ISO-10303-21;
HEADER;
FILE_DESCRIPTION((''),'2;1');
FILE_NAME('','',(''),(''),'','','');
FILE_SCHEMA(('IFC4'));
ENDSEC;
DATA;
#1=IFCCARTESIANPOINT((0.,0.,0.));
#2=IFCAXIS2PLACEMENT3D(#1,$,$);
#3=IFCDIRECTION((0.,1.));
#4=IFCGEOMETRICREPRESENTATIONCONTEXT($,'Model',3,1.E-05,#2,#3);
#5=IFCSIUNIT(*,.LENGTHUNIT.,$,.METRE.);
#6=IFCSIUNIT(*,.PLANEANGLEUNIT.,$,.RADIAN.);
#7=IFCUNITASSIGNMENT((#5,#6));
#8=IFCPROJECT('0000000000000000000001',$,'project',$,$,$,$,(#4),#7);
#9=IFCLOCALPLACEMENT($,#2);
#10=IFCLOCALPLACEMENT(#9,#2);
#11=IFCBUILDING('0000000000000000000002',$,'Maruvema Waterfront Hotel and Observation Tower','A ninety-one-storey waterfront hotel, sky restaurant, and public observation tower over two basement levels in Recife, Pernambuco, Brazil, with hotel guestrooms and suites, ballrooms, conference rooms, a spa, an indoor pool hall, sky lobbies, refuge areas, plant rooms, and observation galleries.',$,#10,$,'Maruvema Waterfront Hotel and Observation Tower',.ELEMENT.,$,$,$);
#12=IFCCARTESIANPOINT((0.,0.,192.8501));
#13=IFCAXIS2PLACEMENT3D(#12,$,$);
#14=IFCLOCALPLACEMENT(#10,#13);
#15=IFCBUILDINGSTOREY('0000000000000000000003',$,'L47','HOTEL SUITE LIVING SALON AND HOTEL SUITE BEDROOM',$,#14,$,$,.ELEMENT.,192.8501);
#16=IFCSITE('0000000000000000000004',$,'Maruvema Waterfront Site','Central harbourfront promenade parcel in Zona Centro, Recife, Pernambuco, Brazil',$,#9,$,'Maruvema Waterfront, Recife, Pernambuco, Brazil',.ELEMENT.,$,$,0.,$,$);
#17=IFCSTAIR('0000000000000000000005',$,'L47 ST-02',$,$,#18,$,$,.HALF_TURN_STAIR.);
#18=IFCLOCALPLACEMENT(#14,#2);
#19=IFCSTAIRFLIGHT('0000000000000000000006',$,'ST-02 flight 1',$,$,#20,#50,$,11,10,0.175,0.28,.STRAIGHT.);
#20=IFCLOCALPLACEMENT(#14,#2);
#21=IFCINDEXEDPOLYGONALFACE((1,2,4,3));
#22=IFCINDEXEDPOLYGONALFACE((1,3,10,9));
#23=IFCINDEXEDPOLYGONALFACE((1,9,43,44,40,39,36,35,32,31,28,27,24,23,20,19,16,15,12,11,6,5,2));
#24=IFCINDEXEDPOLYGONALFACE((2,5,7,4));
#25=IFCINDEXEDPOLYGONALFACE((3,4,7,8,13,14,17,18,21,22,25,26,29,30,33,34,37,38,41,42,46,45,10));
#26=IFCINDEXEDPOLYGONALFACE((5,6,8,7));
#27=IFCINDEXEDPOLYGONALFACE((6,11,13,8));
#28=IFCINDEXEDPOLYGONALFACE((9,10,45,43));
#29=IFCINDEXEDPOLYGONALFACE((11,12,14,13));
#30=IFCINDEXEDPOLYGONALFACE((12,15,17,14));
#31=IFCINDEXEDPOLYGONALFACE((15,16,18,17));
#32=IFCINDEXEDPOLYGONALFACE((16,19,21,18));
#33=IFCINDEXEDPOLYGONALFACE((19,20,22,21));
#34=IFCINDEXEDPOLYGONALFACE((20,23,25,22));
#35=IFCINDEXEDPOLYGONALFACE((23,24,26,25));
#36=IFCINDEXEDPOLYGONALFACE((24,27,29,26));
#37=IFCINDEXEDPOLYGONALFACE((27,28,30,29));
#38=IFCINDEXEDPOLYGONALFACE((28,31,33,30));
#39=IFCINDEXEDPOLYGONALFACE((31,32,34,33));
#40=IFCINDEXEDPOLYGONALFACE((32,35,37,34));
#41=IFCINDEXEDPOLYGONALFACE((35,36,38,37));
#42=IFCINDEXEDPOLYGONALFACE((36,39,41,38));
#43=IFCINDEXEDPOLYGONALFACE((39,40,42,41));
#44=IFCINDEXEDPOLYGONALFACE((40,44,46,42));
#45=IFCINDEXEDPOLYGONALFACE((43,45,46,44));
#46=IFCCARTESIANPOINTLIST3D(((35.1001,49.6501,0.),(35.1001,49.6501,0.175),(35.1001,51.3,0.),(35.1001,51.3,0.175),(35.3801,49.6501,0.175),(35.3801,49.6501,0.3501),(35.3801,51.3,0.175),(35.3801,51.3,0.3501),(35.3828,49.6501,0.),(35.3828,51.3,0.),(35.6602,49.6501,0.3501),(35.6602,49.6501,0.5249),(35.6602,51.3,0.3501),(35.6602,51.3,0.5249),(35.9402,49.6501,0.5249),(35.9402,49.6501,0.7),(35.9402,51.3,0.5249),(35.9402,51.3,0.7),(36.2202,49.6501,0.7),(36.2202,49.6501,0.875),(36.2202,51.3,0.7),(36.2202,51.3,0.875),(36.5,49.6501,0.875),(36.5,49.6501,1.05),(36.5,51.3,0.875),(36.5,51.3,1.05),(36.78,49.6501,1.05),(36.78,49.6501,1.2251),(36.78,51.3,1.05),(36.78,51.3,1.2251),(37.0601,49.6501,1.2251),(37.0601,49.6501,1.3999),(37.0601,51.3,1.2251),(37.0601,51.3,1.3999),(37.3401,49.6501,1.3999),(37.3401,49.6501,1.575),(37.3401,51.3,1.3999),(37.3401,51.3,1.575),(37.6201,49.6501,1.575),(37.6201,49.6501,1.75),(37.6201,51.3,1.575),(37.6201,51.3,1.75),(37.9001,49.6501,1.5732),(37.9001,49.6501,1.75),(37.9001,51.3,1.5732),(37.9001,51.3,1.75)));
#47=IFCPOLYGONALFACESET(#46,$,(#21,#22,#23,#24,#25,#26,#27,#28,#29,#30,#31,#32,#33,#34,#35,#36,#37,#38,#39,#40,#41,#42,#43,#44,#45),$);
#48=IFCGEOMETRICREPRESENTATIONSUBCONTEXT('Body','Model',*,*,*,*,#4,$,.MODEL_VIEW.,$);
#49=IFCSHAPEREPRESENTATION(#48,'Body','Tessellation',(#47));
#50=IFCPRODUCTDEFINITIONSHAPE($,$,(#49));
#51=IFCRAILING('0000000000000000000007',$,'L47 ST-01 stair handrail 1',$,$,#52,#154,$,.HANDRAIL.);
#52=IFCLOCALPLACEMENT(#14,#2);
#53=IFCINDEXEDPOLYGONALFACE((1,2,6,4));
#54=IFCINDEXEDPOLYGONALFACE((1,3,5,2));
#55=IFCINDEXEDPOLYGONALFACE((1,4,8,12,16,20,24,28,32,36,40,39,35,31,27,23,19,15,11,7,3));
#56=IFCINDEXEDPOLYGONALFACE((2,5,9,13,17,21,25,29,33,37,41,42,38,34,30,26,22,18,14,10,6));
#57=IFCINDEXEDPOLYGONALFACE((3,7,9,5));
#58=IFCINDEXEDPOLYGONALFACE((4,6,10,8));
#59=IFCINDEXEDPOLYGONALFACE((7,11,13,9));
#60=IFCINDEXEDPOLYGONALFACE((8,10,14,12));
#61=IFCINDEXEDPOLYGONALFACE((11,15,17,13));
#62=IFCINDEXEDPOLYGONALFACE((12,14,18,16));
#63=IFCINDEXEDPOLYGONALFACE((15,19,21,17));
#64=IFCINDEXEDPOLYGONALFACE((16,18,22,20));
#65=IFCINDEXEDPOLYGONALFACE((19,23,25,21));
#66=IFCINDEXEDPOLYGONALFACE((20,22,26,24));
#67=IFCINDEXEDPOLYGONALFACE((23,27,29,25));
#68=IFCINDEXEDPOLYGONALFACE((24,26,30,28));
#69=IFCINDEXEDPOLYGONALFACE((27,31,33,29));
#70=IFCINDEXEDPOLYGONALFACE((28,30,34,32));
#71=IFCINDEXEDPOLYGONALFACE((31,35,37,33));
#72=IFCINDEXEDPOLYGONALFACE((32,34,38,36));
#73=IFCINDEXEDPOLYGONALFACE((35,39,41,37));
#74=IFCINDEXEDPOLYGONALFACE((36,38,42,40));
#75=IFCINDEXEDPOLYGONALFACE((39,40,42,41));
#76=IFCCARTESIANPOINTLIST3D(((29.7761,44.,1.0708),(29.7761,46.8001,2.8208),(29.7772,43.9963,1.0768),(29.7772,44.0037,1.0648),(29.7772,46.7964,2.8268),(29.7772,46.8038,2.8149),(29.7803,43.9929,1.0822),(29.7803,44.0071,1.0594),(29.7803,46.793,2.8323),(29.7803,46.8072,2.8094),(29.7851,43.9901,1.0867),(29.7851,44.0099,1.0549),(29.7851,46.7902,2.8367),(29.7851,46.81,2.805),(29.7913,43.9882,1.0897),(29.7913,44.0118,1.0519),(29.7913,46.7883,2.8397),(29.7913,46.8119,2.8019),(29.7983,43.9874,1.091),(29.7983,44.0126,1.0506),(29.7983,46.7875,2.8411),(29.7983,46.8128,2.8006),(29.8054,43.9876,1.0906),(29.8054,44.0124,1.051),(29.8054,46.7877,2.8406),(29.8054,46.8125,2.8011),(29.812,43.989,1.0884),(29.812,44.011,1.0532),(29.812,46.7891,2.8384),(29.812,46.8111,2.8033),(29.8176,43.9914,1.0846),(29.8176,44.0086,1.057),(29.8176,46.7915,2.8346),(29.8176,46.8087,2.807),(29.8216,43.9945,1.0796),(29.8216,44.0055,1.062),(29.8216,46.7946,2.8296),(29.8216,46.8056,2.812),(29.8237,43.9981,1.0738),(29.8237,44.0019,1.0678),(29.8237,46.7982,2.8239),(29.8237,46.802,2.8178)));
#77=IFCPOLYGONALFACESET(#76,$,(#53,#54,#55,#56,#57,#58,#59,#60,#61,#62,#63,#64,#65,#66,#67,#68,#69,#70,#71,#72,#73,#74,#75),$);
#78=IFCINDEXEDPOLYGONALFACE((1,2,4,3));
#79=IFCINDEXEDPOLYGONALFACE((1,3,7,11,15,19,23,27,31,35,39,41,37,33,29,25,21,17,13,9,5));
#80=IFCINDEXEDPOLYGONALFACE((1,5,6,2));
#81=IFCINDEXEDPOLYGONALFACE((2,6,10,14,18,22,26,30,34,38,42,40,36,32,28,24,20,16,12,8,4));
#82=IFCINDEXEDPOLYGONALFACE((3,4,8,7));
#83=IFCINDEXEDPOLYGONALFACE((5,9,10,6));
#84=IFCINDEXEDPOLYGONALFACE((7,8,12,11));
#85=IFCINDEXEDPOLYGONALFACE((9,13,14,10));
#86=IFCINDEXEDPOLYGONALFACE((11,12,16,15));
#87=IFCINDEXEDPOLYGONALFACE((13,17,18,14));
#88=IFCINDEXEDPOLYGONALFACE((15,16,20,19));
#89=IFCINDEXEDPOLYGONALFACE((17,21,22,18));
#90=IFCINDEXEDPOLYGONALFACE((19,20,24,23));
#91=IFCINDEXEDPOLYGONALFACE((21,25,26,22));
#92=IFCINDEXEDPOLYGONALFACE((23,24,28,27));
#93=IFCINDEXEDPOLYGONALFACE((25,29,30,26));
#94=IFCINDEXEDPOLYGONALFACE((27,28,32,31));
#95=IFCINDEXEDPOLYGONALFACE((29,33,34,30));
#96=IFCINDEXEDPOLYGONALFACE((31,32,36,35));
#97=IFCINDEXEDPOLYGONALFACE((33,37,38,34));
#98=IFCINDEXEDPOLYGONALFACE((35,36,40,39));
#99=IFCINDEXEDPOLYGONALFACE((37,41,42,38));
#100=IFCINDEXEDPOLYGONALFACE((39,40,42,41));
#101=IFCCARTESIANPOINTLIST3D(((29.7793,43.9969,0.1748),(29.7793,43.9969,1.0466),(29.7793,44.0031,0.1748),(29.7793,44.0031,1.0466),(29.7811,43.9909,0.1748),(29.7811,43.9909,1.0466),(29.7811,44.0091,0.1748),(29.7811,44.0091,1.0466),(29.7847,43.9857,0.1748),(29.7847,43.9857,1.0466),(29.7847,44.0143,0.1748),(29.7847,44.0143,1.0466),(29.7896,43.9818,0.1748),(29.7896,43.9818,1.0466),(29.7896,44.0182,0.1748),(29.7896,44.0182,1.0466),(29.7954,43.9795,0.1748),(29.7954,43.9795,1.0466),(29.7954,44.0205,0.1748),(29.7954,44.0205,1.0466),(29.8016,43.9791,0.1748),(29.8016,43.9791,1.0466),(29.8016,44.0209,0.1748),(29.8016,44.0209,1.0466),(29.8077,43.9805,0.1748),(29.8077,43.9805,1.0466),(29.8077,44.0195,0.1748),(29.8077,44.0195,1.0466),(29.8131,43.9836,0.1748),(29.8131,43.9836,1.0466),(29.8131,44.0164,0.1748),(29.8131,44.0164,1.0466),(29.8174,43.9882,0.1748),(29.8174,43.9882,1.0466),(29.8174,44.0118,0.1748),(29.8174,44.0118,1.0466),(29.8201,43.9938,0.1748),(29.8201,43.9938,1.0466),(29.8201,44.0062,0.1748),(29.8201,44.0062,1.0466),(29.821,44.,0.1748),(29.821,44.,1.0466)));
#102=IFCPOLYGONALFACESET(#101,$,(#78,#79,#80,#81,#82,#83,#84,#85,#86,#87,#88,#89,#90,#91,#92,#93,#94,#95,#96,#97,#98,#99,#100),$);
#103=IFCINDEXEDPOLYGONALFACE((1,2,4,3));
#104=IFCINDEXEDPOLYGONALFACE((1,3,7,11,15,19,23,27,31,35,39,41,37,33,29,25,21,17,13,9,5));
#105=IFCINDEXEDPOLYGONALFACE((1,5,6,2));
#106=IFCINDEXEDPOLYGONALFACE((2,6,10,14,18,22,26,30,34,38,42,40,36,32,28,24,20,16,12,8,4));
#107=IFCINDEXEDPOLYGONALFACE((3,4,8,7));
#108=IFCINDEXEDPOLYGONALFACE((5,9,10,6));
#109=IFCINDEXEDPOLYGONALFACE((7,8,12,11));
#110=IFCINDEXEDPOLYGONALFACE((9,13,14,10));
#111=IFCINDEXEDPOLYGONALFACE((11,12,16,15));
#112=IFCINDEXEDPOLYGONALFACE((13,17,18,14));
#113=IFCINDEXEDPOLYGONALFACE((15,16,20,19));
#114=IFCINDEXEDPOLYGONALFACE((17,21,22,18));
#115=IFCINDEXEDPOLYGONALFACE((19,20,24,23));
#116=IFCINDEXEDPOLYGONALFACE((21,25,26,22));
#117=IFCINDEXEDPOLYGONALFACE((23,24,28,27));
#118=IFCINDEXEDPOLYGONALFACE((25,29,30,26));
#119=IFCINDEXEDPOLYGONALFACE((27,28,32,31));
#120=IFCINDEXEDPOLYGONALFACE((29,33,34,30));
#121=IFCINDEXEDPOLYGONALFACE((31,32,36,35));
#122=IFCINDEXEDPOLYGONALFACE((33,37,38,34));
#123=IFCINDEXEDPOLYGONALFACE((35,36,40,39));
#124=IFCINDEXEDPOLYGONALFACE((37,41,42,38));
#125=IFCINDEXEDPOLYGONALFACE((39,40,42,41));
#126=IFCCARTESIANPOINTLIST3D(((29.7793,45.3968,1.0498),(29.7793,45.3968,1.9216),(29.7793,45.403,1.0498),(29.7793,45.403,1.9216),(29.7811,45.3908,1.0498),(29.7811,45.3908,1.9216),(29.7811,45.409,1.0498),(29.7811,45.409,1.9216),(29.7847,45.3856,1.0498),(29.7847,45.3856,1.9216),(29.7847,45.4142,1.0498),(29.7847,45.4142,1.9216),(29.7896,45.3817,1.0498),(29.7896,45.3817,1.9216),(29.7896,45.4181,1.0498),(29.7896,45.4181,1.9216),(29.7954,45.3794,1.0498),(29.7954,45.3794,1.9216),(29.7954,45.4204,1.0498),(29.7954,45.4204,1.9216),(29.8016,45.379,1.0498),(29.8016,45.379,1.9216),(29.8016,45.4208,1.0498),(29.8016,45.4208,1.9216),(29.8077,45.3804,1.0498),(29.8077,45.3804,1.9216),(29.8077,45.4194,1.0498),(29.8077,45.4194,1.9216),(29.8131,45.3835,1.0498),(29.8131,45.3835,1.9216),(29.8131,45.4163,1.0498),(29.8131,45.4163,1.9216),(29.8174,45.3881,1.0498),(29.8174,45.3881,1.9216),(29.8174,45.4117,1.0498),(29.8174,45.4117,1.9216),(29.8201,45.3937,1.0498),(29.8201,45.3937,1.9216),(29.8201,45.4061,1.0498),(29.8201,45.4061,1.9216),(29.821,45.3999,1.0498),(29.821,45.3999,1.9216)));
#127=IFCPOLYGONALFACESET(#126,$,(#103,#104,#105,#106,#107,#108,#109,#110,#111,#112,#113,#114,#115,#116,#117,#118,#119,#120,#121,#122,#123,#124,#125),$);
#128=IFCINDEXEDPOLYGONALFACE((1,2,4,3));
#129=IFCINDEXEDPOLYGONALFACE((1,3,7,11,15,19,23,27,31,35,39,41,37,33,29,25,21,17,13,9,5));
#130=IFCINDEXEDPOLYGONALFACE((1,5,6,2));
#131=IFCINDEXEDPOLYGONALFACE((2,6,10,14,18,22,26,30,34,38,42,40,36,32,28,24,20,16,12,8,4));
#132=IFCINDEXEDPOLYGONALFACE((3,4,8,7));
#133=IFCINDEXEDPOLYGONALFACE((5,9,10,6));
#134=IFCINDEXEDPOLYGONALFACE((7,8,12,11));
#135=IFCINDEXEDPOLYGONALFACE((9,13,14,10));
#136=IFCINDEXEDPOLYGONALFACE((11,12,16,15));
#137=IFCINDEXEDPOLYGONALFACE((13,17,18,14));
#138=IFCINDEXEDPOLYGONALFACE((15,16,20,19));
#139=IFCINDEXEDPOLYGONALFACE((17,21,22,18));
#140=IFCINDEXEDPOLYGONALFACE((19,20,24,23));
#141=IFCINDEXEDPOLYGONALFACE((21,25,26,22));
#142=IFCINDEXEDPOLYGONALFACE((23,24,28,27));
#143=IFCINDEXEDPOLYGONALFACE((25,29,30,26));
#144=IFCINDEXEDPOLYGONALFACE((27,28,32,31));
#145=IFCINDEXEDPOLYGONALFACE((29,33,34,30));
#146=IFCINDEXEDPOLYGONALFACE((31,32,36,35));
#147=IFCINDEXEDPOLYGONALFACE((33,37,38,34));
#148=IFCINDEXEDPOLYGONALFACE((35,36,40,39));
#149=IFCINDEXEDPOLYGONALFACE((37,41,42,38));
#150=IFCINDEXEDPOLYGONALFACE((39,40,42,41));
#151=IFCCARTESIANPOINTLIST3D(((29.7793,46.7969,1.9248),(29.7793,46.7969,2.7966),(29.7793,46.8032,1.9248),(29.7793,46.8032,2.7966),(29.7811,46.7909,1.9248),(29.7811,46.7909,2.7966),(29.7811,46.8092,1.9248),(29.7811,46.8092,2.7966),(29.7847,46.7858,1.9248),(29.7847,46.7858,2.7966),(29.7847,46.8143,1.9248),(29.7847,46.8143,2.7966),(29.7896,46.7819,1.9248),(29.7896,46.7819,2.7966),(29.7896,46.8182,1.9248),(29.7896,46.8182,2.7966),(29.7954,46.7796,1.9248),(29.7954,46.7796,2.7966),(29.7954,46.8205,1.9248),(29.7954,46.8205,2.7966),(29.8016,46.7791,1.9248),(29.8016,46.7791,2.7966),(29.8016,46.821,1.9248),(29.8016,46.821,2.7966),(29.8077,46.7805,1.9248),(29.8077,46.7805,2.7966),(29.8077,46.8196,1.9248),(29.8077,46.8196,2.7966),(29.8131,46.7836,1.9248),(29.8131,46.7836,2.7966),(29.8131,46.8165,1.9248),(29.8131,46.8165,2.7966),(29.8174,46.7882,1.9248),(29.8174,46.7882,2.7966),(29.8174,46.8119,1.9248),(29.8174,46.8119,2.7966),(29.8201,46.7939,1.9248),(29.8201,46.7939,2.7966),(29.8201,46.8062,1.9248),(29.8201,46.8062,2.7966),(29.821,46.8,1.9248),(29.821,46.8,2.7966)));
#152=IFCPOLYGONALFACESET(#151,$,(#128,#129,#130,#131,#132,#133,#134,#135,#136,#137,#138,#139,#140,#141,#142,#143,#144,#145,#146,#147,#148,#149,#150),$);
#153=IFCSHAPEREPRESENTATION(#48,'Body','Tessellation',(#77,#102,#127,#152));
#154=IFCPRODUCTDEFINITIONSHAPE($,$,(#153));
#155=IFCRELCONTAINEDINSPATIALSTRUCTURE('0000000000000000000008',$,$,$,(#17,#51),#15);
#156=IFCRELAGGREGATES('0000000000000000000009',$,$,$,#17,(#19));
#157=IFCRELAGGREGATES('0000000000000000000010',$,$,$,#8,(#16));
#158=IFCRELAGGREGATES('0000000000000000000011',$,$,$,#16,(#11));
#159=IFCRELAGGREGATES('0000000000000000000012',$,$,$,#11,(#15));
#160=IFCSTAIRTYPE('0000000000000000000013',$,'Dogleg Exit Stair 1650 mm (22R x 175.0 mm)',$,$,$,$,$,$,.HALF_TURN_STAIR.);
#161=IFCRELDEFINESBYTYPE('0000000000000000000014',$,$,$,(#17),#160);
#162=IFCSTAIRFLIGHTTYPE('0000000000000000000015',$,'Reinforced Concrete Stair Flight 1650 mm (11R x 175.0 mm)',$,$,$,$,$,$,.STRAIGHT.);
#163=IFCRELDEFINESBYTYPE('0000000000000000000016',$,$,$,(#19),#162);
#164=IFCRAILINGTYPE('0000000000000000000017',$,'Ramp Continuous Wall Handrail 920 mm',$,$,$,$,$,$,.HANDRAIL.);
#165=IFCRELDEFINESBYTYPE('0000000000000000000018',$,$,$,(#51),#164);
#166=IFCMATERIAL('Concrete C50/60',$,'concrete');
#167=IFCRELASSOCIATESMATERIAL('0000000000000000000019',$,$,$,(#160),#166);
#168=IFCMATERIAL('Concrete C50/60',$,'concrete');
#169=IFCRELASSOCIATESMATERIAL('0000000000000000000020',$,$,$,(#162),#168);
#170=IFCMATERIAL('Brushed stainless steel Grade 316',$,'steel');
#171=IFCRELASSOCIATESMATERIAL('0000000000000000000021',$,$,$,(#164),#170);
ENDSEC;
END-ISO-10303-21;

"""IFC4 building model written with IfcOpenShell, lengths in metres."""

from ifc_helpers import new_model, si_unit, direction, frame, origin, origin_2d, place, context, subcontext, project, spatial, polyline, circle, outline, extrude, material, type_object, element, aggregate, save


model = new_model("IFC4")

# Units and contexts
model_context = context("Model", 3, precision=1e-05, world=origin(), true_north=direction((0.0, 1.0)))
body_context = subcontext(model_context, "Body", "Model", "MODEL_VIEW")
ifc_project = project(units=[si_unit("LENGTHUNIT", "METRE"), si_unit("PLANEANGLEUNIT", "RADIAN")], contexts=[model_context])

# Site, building, storey
site_placement = place(None, origin())
site = spatial("IfcSite", under=ifc_project, at=site_placement, Name="Maruvema Waterfront Site", Description="Central harbourfront promenade parcel in Zona Centro, Recife, Pernambuco, Brazil", LongName="Maruvema Waterfront, Recife, Pernambuco, Brazil", CompositionType="ELEMENT", RefElevation=0.0)
building_placement = place(site_placement, origin())
building = spatial("IfcBuilding", under=site, at=building_placement, Name="Maruvema Waterfront Hotel and Observation Tower", Description="A ninety-one-storey waterfront hotel, sky restaurant, and public observation tower over two basement levels in Recife, Pernambuco, Brazil, with hotel guestrooms and suites, ballrooms, conference rooms, a spa, an indoor pool hall, sky lobbies, refuge areas, plant rooms, and observation galleries.", LongName="Maruvema Waterfront Hotel and Observation Tower", CompositionType="ELEMENT")
storey_placement = place(building_placement, frame((0.0, 0.0, 192.8501)))
storey = spatial("IfcBuildingStorey", under=building, at=storey_placement, Name="L47", Description="HOTEL SUITE LIVING SALON AND HOTEL SUITE BEDROOM", CompositionType="ELEMENT", Elevation=192.8501)

# Shared definitions
ifc_material_1 = material(Name="Concrete C50/60", Category="concrete")
stair_type = type_object("IfcStairType", Name="Dogleg Exit Stair 1650 mm (22R x 175.0 mm)", PredefinedType="HALF_TURN_STAIR", material=ifc_material_1)
ifc_material_2 = material(Name="Concrete C50/60", Category="concrete")
stair_flight_type = type_object("IfcStairFlightType", Name="Reinforced Concrete Stair Flight 1650 mm (11R x 175.0 mm)", PredefinedType="STRAIGHT", material=ifc_material_2)

# Stair, stair flight
stair_1_placement = place(storey_placement, origin())
stair_1 = element("IfcStair", 1, at=stair_1_placement, inside=storey, type_object=stair_type, Name="L47 ST-02", PredefinedType="HALF_TURN_STAIR")
stair_flight_1_placement = place(storey_placement, frame((35.1001, 50.4751, 0.0), z_axis=(0.0, 0.0, 1.0), x_axis=(1.0, 0.0, 0.0)))
stair_flight_1 = element("IfcStairFlight", 2, at=stair_flight_1_placement, type_object=stair_flight_type, Name="ST-02 flight 1", NumberOfRisers=11, NumberOfTreads=10, PredefinedType="STRAIGHT", RiserHeight=0.175, TreadLength=0.28, context=body_context, shape_type="SweptSolid", body=[
    extrude(outline(polyline([(0.0, 0.0), (0.0, 0.175), (0.28, 0.175), (0.28, 0.3501), (0.5601, 0.3501), (0.5601, 0.5249), (0.8401, 0.5249), (0.8401, 0.7), (1.1201, 0.7), (1.1201, 0.875), (1.3999, 0.875), (1.3999, 1.05), (1.6799, 1.05), (1.6799, 1.2251), (1.96, 1.2251), (1.96, 1.3999), (2.24, 1.3999), (2.24, 1.575), (2.52, 1.575), (2.52, 1.75), (2.8, 1.75), (2.8, 1.925), (2.8, 1.5732), (0.2827, 0.0), (0.0, 0.0)])), frame((0.0, 0.825, 0.0), z_axis=(0.0, -1.0, 0.0), x_axis=(1.0, 0.0, 0.0)), (0.0, 0.0, 1.0), 1.6499),
])
aggregate(stair_1, [stair_flight_1])

# Railing
ifc_material_3 = material(Name="Brushed stainless steel Grade 316", Category="steel")
railing_type_1 = type_object("IfcRailingType", Name="Ramp Continuous Wall Handrail 920 mm", PredefinedType="HANDRAIL", material=ifc_material_3)
railing_1_placement = place(storey_placement, frame((29.8, 44.0, 0.1748)))
element("IfcRailing", 3, at=railing_1_placement, inside=storey, type_object=railing_type_1, Name="L47 ST-01 stair handrail 1", PredefinedType="HANDRAIL", context=body_context, shape_type="SweptSolid", body=[
    extrude(circle(Radius=0.0239, at=origin_2d()), frame((0.0, 0.0, 0.896), z_axis=(0.0, 0.848002, 0.529992), x_axis=(-1.0, 0.0, 0.0)), (0.0, 0.0, 1.0), 3.302),
    extrude(circle(Radius=0.021, at=origin_2d()), origin(), (0.0, 0.0, 1.0), 0.8718),
    extrude(circle(Radius=0.021, at=origin_2d()), frame((0.0, 1.3999, 0.875)), (0.0, 0.0, 1.0), 0.8718),
    extrude(circle(Radius=0.021, at=origin_2d()), frame((0.0, 2.8, 1.75)), (0.0, 0.0, 1.0), 0.8718),
])

save(model, "model.ifc")
